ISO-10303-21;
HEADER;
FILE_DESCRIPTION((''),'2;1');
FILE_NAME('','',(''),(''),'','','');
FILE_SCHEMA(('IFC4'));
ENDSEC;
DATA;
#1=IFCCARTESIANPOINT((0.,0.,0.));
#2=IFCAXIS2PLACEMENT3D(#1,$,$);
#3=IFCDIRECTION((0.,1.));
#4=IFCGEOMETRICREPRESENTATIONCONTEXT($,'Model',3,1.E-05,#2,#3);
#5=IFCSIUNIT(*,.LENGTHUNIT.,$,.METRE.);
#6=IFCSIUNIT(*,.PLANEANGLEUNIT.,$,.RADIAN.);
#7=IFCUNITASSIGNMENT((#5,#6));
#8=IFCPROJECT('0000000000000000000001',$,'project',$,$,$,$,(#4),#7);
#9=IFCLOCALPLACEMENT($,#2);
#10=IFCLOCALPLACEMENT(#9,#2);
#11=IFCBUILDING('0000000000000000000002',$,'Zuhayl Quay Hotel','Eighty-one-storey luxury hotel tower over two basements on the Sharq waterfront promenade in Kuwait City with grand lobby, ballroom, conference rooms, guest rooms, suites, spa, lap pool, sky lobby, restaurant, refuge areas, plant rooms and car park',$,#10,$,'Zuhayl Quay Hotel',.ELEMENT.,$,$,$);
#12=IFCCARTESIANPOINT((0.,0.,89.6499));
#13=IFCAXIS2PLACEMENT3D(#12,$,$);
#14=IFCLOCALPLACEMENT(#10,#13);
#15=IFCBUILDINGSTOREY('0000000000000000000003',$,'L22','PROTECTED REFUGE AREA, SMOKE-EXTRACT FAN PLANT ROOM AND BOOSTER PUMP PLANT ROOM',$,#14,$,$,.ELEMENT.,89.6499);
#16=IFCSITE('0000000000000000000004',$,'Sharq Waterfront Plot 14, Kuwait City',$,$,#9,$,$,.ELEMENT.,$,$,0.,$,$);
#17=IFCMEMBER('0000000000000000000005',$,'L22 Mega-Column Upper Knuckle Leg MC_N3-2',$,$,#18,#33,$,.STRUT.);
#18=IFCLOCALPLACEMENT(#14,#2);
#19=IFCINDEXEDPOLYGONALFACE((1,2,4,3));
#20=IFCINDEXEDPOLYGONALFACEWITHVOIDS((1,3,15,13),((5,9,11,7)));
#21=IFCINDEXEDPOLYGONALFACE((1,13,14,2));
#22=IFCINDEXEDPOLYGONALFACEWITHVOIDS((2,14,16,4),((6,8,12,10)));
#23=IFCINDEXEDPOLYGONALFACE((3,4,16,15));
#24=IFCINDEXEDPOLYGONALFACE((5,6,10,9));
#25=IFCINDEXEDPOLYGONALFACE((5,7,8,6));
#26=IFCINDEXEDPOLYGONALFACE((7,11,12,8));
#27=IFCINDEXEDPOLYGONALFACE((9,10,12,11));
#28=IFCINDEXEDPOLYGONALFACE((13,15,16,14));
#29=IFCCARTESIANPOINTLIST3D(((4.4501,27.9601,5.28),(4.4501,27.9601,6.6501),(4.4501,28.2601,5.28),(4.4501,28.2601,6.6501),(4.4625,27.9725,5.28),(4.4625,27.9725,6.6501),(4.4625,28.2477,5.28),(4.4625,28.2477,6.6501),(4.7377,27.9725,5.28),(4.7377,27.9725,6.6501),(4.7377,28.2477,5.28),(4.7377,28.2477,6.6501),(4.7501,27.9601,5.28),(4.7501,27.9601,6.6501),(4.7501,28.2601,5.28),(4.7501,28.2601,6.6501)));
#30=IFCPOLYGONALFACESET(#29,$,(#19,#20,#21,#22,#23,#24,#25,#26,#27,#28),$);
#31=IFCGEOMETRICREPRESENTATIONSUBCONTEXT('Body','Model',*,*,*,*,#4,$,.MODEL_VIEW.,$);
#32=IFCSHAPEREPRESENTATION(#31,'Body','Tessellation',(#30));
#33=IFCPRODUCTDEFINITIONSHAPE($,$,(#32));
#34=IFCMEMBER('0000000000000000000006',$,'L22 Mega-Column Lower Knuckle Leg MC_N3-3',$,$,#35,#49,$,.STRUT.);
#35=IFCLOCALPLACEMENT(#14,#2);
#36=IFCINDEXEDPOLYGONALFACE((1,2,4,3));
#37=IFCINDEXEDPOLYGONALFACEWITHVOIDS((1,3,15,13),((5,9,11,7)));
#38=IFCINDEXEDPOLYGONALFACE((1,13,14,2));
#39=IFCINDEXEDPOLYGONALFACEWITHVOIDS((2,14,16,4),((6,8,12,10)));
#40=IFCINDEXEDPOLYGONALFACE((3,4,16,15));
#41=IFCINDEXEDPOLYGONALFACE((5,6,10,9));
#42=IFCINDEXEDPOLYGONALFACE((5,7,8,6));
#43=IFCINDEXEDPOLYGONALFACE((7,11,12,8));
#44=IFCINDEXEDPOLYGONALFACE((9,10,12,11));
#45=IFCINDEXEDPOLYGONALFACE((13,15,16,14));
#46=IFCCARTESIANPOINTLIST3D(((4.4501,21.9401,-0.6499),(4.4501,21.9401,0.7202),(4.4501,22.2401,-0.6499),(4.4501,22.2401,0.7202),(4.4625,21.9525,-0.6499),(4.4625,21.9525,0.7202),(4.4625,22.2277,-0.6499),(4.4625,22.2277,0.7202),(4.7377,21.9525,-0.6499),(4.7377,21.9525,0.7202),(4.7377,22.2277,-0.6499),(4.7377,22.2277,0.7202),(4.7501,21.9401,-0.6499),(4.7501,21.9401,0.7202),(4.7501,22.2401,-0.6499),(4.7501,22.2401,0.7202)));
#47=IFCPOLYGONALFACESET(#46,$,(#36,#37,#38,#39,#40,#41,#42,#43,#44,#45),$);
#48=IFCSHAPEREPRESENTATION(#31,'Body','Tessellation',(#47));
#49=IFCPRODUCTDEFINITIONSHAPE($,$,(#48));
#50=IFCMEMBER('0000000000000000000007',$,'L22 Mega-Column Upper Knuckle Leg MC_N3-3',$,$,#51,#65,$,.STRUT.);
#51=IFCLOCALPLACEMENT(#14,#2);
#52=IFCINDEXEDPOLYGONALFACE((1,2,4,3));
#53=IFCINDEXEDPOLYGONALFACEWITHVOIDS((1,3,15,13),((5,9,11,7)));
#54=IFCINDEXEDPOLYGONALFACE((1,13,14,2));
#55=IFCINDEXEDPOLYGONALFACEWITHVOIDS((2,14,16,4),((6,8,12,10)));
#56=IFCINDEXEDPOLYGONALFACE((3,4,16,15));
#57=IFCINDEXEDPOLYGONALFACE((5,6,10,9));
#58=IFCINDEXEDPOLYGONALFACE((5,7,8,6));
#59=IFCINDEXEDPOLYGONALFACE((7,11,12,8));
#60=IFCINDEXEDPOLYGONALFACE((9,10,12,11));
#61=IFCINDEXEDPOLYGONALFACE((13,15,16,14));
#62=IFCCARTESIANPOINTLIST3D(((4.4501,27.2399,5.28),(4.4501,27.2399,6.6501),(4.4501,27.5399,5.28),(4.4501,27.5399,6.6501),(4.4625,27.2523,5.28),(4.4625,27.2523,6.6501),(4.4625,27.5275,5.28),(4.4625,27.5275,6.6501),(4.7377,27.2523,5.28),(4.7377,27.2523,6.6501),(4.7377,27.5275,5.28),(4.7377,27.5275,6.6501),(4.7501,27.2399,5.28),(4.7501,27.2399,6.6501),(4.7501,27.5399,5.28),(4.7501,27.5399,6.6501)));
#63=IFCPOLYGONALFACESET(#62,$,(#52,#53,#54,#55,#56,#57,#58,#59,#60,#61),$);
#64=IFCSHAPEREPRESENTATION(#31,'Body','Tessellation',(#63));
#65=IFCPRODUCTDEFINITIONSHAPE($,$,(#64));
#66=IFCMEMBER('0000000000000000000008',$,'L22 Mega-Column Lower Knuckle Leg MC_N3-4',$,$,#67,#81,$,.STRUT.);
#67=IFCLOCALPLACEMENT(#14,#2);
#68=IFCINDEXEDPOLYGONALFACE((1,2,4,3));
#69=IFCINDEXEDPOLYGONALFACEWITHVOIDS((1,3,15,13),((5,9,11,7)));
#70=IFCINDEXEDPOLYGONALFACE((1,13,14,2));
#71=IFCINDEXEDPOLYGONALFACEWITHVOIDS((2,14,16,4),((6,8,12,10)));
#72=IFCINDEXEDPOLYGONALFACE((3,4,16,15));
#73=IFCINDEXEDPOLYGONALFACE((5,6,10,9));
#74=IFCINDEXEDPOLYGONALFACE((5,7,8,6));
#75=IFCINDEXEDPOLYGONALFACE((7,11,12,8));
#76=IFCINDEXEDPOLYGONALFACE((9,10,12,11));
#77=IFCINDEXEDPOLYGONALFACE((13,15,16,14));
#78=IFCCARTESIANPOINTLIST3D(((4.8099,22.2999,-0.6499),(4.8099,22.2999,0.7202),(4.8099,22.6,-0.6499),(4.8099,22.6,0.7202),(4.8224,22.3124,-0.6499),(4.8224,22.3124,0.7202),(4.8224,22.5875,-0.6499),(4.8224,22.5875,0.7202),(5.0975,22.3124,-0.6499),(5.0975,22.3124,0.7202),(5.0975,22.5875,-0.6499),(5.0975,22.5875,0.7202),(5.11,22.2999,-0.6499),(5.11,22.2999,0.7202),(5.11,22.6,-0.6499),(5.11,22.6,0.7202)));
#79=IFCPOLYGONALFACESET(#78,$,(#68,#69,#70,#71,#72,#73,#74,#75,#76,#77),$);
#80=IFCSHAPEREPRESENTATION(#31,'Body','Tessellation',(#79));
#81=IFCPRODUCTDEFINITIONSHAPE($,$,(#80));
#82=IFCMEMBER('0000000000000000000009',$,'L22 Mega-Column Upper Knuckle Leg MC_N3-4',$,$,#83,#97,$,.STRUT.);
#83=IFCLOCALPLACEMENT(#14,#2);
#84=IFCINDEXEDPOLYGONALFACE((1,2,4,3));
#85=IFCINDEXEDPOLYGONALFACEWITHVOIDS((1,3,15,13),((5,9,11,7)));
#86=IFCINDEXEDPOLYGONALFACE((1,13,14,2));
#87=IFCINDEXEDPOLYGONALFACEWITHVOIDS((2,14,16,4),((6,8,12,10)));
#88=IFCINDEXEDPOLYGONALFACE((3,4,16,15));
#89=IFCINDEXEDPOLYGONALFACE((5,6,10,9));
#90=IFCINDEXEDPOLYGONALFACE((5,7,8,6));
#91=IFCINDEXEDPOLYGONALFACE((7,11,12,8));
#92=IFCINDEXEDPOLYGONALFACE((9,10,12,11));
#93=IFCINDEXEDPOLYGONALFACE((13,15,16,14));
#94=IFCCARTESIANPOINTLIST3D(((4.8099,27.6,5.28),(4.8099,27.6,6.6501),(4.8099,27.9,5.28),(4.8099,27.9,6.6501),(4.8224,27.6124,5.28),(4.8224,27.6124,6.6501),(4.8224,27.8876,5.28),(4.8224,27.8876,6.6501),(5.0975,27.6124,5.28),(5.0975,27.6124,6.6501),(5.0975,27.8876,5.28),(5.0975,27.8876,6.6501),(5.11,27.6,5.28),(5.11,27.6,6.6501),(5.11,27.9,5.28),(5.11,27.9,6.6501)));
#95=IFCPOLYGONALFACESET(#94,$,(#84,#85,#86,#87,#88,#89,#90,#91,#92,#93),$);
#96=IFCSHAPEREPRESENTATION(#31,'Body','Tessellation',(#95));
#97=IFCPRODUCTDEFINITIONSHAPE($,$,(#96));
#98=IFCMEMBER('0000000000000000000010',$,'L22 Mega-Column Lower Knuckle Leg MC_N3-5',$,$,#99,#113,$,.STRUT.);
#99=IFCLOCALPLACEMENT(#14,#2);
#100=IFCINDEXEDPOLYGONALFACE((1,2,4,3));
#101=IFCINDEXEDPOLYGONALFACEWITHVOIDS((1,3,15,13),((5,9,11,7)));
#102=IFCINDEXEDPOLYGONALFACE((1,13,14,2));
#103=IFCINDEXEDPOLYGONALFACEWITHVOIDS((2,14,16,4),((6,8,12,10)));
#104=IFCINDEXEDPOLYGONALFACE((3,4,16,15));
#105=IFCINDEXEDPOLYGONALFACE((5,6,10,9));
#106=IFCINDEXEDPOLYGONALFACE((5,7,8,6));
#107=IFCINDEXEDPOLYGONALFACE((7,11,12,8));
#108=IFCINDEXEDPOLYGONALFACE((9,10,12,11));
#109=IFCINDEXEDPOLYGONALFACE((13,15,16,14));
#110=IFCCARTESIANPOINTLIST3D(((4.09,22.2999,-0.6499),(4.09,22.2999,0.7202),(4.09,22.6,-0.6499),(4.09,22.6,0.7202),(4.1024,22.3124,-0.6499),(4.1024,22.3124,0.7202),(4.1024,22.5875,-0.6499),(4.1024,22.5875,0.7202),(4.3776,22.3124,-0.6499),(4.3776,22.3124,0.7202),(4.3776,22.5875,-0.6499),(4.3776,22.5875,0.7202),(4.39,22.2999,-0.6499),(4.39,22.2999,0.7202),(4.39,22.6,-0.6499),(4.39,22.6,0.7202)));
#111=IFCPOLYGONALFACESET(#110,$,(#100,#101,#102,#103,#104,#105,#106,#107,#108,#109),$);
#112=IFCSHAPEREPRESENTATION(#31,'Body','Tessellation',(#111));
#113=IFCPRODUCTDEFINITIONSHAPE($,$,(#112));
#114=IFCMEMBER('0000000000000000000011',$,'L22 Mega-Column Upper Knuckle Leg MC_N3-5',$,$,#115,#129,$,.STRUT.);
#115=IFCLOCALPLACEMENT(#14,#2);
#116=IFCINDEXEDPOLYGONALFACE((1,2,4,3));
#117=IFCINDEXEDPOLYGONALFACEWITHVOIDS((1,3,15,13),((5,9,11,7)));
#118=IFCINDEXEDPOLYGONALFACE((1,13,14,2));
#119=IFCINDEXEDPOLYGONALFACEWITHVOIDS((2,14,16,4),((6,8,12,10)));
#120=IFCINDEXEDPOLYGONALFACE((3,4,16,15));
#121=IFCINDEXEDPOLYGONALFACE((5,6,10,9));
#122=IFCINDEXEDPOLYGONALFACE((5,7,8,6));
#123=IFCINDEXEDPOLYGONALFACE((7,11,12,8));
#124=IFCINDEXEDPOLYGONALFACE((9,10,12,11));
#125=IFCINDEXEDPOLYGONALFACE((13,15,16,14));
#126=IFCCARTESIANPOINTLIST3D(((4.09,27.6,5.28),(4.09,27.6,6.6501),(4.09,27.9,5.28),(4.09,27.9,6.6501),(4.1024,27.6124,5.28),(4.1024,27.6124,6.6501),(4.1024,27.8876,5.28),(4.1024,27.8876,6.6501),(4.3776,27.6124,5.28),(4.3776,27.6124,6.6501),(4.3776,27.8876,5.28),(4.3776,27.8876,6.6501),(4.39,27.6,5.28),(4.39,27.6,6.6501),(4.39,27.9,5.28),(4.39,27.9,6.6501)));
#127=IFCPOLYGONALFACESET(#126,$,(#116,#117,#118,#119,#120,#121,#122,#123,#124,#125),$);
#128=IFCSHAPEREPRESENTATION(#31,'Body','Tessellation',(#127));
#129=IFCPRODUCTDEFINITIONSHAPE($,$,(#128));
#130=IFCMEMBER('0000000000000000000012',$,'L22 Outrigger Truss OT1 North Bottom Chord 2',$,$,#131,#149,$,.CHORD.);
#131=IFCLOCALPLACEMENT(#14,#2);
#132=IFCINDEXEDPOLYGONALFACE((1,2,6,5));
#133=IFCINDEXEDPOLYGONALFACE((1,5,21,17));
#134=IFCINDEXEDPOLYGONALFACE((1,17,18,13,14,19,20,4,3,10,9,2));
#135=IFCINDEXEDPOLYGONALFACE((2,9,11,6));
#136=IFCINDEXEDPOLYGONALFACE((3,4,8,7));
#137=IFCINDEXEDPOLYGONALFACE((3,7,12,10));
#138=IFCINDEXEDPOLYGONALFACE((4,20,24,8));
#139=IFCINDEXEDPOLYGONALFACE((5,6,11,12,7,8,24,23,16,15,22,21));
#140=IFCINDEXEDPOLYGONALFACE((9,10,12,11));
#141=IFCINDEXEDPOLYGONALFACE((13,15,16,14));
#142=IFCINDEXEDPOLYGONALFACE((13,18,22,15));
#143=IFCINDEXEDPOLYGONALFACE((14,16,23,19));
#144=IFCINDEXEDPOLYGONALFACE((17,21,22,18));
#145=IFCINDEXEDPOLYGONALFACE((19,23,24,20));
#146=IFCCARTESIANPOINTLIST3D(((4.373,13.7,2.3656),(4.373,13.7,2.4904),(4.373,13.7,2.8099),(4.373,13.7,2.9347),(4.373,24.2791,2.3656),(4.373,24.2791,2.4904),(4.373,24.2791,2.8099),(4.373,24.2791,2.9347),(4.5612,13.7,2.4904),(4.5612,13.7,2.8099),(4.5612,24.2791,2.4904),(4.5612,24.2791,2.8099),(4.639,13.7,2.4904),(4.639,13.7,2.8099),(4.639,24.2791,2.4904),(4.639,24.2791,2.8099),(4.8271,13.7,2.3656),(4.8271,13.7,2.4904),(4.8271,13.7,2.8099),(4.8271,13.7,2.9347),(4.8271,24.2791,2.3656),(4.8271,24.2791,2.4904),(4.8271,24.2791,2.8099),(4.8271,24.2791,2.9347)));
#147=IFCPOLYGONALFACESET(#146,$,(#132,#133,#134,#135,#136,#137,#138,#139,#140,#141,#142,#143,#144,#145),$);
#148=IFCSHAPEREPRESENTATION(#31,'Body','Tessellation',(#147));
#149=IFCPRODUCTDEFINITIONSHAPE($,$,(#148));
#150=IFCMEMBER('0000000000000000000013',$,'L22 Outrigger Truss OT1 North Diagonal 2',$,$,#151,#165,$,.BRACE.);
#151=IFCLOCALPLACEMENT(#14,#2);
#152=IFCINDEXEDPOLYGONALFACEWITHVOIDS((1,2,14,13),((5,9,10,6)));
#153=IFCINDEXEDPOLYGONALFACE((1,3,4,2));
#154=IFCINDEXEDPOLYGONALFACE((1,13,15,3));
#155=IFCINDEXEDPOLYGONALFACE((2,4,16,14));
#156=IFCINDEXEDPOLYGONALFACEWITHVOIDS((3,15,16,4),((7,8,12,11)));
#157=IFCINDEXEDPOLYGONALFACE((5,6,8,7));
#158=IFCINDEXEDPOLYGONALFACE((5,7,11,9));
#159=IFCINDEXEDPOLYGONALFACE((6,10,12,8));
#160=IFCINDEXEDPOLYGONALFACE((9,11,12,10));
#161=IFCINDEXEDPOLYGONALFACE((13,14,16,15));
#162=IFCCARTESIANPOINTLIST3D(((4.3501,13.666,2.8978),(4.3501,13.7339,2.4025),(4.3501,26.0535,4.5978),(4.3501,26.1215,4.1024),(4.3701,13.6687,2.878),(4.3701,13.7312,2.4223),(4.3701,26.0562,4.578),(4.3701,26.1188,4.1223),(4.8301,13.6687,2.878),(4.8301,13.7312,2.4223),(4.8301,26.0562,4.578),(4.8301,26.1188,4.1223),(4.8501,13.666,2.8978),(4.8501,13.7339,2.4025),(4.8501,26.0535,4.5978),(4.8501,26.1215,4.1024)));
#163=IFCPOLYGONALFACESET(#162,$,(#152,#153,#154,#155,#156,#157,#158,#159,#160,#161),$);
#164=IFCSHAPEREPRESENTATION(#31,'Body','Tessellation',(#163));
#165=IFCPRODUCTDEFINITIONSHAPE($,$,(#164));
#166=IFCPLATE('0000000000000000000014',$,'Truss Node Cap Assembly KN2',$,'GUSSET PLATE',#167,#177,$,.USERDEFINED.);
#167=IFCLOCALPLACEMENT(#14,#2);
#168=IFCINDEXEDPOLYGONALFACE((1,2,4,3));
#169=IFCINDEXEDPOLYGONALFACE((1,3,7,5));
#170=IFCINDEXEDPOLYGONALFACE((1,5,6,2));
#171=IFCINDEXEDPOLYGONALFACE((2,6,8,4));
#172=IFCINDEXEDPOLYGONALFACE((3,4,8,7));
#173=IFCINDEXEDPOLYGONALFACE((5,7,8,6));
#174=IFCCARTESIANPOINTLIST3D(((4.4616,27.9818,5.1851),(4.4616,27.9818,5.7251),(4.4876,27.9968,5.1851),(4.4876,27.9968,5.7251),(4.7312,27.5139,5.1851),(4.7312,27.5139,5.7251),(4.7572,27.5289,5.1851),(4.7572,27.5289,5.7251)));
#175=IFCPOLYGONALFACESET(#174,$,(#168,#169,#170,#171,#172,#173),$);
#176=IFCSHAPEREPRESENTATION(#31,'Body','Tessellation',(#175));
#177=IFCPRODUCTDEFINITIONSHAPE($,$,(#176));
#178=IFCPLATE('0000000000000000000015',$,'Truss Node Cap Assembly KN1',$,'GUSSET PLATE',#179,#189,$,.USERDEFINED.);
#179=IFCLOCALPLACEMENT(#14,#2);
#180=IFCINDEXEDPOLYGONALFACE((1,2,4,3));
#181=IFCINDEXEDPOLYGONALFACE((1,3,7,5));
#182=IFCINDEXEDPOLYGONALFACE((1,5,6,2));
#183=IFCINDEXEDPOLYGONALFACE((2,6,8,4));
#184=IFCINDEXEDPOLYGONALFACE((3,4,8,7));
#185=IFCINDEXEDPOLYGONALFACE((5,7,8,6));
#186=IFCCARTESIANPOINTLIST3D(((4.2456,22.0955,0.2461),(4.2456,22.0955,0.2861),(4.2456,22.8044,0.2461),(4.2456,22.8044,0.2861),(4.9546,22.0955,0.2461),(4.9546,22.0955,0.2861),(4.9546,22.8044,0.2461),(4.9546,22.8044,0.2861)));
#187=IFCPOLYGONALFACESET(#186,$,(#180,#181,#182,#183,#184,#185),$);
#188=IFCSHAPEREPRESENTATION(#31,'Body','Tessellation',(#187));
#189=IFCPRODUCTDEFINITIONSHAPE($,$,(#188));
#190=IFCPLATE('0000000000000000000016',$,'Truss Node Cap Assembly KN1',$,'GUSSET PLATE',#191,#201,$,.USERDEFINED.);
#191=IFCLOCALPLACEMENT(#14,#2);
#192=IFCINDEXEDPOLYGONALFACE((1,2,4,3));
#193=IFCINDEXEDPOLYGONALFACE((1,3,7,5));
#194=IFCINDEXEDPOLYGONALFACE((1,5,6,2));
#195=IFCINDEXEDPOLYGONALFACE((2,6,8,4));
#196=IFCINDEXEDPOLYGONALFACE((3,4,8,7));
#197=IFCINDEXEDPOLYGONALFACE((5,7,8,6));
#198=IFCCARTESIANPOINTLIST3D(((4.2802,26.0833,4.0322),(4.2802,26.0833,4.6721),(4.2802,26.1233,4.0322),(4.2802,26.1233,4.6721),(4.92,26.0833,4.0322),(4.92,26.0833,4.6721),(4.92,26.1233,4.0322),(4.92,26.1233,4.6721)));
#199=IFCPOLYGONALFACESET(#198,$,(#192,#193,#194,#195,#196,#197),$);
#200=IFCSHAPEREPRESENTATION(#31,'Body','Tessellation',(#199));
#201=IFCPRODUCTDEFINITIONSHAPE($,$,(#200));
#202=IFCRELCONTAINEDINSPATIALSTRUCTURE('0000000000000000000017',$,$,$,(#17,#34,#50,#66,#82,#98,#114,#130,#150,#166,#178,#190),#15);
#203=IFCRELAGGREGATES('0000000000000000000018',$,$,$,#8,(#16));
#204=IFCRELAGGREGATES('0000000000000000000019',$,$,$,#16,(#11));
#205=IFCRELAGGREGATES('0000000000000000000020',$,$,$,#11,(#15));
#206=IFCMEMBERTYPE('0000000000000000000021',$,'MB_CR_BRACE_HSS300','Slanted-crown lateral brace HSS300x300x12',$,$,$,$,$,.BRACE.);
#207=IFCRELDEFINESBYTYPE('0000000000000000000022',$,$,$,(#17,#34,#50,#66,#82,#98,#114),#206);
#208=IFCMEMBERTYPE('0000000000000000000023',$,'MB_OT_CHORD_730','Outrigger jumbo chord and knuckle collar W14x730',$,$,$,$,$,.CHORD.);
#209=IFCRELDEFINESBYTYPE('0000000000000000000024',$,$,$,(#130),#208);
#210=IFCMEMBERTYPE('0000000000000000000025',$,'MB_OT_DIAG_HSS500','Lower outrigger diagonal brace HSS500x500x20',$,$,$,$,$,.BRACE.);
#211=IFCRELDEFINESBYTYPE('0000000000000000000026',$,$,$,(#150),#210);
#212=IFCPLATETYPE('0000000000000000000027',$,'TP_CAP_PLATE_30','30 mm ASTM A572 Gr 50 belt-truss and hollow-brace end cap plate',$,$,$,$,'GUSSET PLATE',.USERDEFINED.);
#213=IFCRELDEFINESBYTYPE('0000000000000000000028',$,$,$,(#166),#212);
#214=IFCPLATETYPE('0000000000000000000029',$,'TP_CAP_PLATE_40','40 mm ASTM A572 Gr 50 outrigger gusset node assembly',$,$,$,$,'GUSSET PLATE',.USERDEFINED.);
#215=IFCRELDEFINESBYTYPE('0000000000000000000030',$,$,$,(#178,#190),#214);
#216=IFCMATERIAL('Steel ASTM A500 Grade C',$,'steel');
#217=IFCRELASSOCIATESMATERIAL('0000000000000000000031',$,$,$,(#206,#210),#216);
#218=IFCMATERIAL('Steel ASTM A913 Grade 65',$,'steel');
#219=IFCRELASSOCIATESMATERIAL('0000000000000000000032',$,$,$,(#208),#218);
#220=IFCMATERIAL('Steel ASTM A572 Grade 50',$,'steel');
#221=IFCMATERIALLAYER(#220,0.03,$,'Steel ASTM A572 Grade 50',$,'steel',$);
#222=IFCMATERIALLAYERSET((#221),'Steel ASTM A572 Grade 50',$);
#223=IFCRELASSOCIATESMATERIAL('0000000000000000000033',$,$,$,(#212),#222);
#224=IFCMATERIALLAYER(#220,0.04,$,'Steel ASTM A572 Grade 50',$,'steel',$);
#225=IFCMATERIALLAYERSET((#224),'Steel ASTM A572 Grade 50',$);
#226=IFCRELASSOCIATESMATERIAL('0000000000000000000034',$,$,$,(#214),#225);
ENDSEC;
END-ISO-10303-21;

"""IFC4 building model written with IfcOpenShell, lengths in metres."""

from ifc_helpers import new_model, si_unit, direction, frame, origin, origin_2d, place, context, subcontext, project, spatial, rectangle, hollow_rectangle, i_section, extrude, material, layer, layer_set, material_profile, profile_set, type_object, element, save


model = new_model("IFC4")

# Units and contexts
model_context = context("Model", 3, precision=1e-05, world=origin(), true_north=direction((0.0, 1.0)))
body_context = subcontext(model_context, "Body", "Model", "MODEL_VIEW")
ifc_project = project(units=[si_unit("LENGTHUNIT", "METRE"), si_unit("PLANEANGLEUNIT", "RADIAN")], contexts=[model_context])

# Site, building, storey
site_placement = place(None, origin())
site = spatial("IfcSite", under=ifc_project, at=site_placement, Name="Sharq Waterfront Plot 14, Kuwait City", CompositionType="ELEMENT", RefElevation=0.0)
building_placement = place(site_placement, origin())
building = spatial("IfcBuilding", under=site, at=building_placement, Name="Zuhayl Quay Hotel", Description="Eighty-one-storey luxury hotel tower over two basements on the Sharq waterfront promenade in Kuwait City with grand lobby, ballroom, conference rooms, guest rooms, suites, spa, lap pool, sky lobby, restaurant, refuge areas, plant rooms and car park", LongName="Zuhayl Quay Hotel", CompositionType="ELEMENT")
storey_placement = place(building_placement, frame((0.0, 0.0, 89.6499)))
storey = spatial("IfcBuildingStorey", under=building, at=storey_placement, Name="L22", Description="PROTECTED REFUGE AREA, SMOKE-EXTRACT FAN PLANT ROOM AND BOOSTER PUMP PLANT ROOM", CompositionType="ELEMENT", Elevation=89.6499)

# Shared definitions
ifc_material_1 = material(Name="Steel ASTM A913 Grade 65", Category="steel")

# Members
ifc_material_2 = material(Name="Steel ASTM A500 Grade C", Category="steel")
ifc_material_profile_1 = material_profile(ifc_material_2, hollow_rectangle(XDim=0.3, YDim=0.3, WallThickness=0.0125, at=origin_2d()), Name="HSS300X300X12")
ifc_profile_set_1 = profile_set([ifc_material_profile_1], Name="Steel ASTM A500 Grade C")
member_type_1 = type_object("IfcMemberType", Name="MB_CR_BRACE_HSS300", Description="Slanted-crown lateral brace HSS300x300x12", PredefinedType="BRACE", material=ifc_profile_set_1)
for number, where, z_axis, x_axis, name in (
    (1, (4.6001, 28.1101, 5.28), (0.0, 0.0, 1.0), (1.0, 0.0, 0.0), "L22 Mega-Column Upper Knuckle Leg MC_N3-2"),
    (2, (4.6001, 22.0901, -0.6499), (0.0, 0.0, 1.0), (1.0, 0.0, 0.0), "L22 Mega-Column Lower Knuckle Leg MC_N3-3"),
    (3, (4.6001, 27.3899, 5.28), (0.0, 0.0, 1.0), (1.0, 0.0, 0.0), "L22 Mega-Column Upper Knuckle Leg MC_N3-3"),
    (4, (4.96, 22.45, -0.6499), (0.0, 0.0, 1.0), (1.0, 0.0, 0.0), "L22 Mega-Column Lower Knuckle Leg MC_N3-4"),
    (5, (4.96, 27.75, 5.28), (0.0, 0.0, 1.0), (1.0, 0.0, 0.0), "L22 Mega-Column Upper Knuckle Leg MC_N3-4"),
    (6, (4.24, 22.45, -0.6499), (0.0, 0.0, 1.0), (1.0, 0.0, 0.0), "L22 Mega-Column Lower Knuckle Leg MC_N3-5"),
    (7, (4.24, 27.75, 5.28), (0.0, 0.0, 1.0), (1.0, 0.0, 0.0), "L22 Mega-Column Upper Knuckle Leg MC_N3-5"),
):
    element("IfcMember", number, at=place(storey_placement, frame(where, z_axis=z_axis, x_axis=x_axis)), inside=storey, type_object=member_type_1, Name=name, PredefinedType="STRUT", context=body_context, shape_type="SweptSolid", body=[
        extrude(hollow_rectangle(XDim=0.3, YDim=0.3, WallThickness=0.0125, at=origin_2d()), origin(), (0.0, 0.0, 1.0), 1.3701),
    ])
ifc_material_profile_2 = material_profile(ifc_material_1, i_section(OverallWidth=0.4541, OverallDepth=0.5691, WebThickness=0.0779, FlangeThickness=0.1248, at=origin_2d()), Name="W14X730")
ifc_profile_set_2 = profile_set([ifc_material_profile_2], Name="Steel ASTM A913 Grade 65")
member_type_2 = type_object("IfcMemberType", Name="MB_OT_CHORD_730", Description="Outrigger jumbo chord and knuckle collar W14x730", PredefinedType="CHORD", material=ifc_profile_set_2)
member_1_placement = place(storey_placement, frame((4.6001, 13.7, 2.6501), z_axis=(0.0, 1.0, 0.0), x_axis=(-1.0, 0.0, 0.0)))
element("IfcMember", 8, at=member_1_placement, inside=storey, type_object=member_type_2, Name="L22 Outrigger Truss OT1 North Bottom Chord 2", PredefinedType="CHORD", context=body_context, shape_type="SweptSolid", body=[
    extrude(i_section(OverallWidth=0.4541, OverallDepth=0.5691, WebThickness=0.0779, FlangeThickness=0.1248, at=origin_2d()), origin(), (0.0, 0.0, 1.0), 10.5791),
])
ifc_material_profile_3 = material_profile(ifc_material_2, hollow_rectangle(XDim=0.5, YDim=0.5, WallThickness=0.02, at=origin_2d()), Name="HSS500X500X20")
ifc_profile_set_3 = profile_set([ifc_material_profile_3], Name="Steel ASTM A500 Grade C")
member_type_3 = type_object("IfcMemberType", Name="MB_OT_DIAG_HSS500", Description="Lower outrigger diagonal brace HSS500x500x20", PredefinedType="BRACE", material=ifc_profile_set_3)
member_2_placement = place(storey_placement, frame((4.6001, 13.7, 2.6501), z_axis=(0.0, 0.990715, 0.135957), x_axis=(-1.0, 0.0, 0.0)))
element("IfcMember", 9, at=member_2_placement, inside=storey, type_object=member_type_3, Name="L22 Outrigger Truss OT1 North Diagonal 2", PredefinedType="BRACE", context=body_context, shape_type="SweptSolid", body=[
    extrude(hollow_rectangle(XDim=0.5, YDim=0.5, WallThickness=0.02, at=origin_2d()), origin(), (0.0, 0.0, 1.0), 12.5037),
])

# Plates
ifc_material_3 = material(Name="Steel ASTM A572 Grade 50", Category="steel")
ifc_layer_1 = layer(ifc_material_3, 0.03, Name="Steel ASTM A572 Grade 50", Category="steel")
ifc_layer_set_1 = layer_set([ifc_layer_1], Name="Steel ASTM A572 Grade 50")
plate_type_1 = type_object("IfcPlateType", Name="TP_CAP_PLATE_30", Description="30 mm ASTM A572 Gr 50 belt-truss and hollow-brace end cap plate", ElementType="GUSSET PLATE", PredefinedType="USERDEFINED", material=ifc_layer_set_1)
plate_1_placement = place(storey_placement, frame((4.6094, 27.7554, 5.1851), z_axis=(0.0, 0.0, 1.0), x_axis=(0.866461, 0.499244, 0.0)))
element("IfcPlate", 10, at=plate_1_placement, inside=storey, type_object=plate_type_1, Name="Truss Node Cap Assembly KN2", ObjectType="GUSSET PLATE", PredefinedType="USERDEFINED", context=body_context, shape_type="SweptSolid", body=[
    extrude(rectangle(XDim=0.03, YDim=0.54, at=origin_2d()), origin(), (0.0, 0.0, 1.0), 0.54),
])
ifc_layer_2 = layer(ifc_material_3, 0.04, Name="Steel ASTM A572 Grade 50", Category="steel")
ifc_layer_set_2 = layer_set([ifc_layer_2], Name="Steel ASTM A572 Grade 50")
plate_type_2 = type_object("IfcPlateType", Name="TP_CAP_PLATE_40", Description="40 mm ASTM A572 Gr 50 outrigger gusset node assembly", ElementType="GUSSET PLATE", PredefinedType="USERDEFINED", material=ifc_layer_set_2)
plate_2_placement = place(storey_placement, frame((4.6001, 22.45, 0.2461), z_axis=(0.0, 0.0, 1.0), x_axis=(1.0, 0.0, 0.0)))
element("IfcPlate", 11, at=plate_2_placement, inside=storey, type_object=plate_type_2, Name="Truss Node Cap Assembly KN1", ObjectType="GUSSET PLATE", PredefinedType="USERDEFINED", context=body_context, shape_type="SweptSolid", body=[
    extrude(rectangle(XDim=0.709, YDim=0.709, at=origin_2d()), origin(), (0.0, 0.0, 1.0), 0.04),
])
plate_3_placement = place(storey_placement, frame((4.6001, 26.1033, 4.0322), z_axis=(0.0, 0.0, 1.0), x_axis=(0.0, 1.0, 0.0)))
element("IfcPlate", 12, at=plate_3_placement, inside=storey, type_object=plate_type_2, Name="Truss Node Cap Assembly KN1", ObjectType="GUSSET PLATE", PredefinedType="USERDEFINED", context=body_context, shape_type="SweptSolid", body=[
    extrude(rectangle(XDim=0.04, YDim=0.6399, at=origin_2d()), origin(), (0.0, 0.0, 1.0), 0.6399),
])

save(model, "model.ifc")
